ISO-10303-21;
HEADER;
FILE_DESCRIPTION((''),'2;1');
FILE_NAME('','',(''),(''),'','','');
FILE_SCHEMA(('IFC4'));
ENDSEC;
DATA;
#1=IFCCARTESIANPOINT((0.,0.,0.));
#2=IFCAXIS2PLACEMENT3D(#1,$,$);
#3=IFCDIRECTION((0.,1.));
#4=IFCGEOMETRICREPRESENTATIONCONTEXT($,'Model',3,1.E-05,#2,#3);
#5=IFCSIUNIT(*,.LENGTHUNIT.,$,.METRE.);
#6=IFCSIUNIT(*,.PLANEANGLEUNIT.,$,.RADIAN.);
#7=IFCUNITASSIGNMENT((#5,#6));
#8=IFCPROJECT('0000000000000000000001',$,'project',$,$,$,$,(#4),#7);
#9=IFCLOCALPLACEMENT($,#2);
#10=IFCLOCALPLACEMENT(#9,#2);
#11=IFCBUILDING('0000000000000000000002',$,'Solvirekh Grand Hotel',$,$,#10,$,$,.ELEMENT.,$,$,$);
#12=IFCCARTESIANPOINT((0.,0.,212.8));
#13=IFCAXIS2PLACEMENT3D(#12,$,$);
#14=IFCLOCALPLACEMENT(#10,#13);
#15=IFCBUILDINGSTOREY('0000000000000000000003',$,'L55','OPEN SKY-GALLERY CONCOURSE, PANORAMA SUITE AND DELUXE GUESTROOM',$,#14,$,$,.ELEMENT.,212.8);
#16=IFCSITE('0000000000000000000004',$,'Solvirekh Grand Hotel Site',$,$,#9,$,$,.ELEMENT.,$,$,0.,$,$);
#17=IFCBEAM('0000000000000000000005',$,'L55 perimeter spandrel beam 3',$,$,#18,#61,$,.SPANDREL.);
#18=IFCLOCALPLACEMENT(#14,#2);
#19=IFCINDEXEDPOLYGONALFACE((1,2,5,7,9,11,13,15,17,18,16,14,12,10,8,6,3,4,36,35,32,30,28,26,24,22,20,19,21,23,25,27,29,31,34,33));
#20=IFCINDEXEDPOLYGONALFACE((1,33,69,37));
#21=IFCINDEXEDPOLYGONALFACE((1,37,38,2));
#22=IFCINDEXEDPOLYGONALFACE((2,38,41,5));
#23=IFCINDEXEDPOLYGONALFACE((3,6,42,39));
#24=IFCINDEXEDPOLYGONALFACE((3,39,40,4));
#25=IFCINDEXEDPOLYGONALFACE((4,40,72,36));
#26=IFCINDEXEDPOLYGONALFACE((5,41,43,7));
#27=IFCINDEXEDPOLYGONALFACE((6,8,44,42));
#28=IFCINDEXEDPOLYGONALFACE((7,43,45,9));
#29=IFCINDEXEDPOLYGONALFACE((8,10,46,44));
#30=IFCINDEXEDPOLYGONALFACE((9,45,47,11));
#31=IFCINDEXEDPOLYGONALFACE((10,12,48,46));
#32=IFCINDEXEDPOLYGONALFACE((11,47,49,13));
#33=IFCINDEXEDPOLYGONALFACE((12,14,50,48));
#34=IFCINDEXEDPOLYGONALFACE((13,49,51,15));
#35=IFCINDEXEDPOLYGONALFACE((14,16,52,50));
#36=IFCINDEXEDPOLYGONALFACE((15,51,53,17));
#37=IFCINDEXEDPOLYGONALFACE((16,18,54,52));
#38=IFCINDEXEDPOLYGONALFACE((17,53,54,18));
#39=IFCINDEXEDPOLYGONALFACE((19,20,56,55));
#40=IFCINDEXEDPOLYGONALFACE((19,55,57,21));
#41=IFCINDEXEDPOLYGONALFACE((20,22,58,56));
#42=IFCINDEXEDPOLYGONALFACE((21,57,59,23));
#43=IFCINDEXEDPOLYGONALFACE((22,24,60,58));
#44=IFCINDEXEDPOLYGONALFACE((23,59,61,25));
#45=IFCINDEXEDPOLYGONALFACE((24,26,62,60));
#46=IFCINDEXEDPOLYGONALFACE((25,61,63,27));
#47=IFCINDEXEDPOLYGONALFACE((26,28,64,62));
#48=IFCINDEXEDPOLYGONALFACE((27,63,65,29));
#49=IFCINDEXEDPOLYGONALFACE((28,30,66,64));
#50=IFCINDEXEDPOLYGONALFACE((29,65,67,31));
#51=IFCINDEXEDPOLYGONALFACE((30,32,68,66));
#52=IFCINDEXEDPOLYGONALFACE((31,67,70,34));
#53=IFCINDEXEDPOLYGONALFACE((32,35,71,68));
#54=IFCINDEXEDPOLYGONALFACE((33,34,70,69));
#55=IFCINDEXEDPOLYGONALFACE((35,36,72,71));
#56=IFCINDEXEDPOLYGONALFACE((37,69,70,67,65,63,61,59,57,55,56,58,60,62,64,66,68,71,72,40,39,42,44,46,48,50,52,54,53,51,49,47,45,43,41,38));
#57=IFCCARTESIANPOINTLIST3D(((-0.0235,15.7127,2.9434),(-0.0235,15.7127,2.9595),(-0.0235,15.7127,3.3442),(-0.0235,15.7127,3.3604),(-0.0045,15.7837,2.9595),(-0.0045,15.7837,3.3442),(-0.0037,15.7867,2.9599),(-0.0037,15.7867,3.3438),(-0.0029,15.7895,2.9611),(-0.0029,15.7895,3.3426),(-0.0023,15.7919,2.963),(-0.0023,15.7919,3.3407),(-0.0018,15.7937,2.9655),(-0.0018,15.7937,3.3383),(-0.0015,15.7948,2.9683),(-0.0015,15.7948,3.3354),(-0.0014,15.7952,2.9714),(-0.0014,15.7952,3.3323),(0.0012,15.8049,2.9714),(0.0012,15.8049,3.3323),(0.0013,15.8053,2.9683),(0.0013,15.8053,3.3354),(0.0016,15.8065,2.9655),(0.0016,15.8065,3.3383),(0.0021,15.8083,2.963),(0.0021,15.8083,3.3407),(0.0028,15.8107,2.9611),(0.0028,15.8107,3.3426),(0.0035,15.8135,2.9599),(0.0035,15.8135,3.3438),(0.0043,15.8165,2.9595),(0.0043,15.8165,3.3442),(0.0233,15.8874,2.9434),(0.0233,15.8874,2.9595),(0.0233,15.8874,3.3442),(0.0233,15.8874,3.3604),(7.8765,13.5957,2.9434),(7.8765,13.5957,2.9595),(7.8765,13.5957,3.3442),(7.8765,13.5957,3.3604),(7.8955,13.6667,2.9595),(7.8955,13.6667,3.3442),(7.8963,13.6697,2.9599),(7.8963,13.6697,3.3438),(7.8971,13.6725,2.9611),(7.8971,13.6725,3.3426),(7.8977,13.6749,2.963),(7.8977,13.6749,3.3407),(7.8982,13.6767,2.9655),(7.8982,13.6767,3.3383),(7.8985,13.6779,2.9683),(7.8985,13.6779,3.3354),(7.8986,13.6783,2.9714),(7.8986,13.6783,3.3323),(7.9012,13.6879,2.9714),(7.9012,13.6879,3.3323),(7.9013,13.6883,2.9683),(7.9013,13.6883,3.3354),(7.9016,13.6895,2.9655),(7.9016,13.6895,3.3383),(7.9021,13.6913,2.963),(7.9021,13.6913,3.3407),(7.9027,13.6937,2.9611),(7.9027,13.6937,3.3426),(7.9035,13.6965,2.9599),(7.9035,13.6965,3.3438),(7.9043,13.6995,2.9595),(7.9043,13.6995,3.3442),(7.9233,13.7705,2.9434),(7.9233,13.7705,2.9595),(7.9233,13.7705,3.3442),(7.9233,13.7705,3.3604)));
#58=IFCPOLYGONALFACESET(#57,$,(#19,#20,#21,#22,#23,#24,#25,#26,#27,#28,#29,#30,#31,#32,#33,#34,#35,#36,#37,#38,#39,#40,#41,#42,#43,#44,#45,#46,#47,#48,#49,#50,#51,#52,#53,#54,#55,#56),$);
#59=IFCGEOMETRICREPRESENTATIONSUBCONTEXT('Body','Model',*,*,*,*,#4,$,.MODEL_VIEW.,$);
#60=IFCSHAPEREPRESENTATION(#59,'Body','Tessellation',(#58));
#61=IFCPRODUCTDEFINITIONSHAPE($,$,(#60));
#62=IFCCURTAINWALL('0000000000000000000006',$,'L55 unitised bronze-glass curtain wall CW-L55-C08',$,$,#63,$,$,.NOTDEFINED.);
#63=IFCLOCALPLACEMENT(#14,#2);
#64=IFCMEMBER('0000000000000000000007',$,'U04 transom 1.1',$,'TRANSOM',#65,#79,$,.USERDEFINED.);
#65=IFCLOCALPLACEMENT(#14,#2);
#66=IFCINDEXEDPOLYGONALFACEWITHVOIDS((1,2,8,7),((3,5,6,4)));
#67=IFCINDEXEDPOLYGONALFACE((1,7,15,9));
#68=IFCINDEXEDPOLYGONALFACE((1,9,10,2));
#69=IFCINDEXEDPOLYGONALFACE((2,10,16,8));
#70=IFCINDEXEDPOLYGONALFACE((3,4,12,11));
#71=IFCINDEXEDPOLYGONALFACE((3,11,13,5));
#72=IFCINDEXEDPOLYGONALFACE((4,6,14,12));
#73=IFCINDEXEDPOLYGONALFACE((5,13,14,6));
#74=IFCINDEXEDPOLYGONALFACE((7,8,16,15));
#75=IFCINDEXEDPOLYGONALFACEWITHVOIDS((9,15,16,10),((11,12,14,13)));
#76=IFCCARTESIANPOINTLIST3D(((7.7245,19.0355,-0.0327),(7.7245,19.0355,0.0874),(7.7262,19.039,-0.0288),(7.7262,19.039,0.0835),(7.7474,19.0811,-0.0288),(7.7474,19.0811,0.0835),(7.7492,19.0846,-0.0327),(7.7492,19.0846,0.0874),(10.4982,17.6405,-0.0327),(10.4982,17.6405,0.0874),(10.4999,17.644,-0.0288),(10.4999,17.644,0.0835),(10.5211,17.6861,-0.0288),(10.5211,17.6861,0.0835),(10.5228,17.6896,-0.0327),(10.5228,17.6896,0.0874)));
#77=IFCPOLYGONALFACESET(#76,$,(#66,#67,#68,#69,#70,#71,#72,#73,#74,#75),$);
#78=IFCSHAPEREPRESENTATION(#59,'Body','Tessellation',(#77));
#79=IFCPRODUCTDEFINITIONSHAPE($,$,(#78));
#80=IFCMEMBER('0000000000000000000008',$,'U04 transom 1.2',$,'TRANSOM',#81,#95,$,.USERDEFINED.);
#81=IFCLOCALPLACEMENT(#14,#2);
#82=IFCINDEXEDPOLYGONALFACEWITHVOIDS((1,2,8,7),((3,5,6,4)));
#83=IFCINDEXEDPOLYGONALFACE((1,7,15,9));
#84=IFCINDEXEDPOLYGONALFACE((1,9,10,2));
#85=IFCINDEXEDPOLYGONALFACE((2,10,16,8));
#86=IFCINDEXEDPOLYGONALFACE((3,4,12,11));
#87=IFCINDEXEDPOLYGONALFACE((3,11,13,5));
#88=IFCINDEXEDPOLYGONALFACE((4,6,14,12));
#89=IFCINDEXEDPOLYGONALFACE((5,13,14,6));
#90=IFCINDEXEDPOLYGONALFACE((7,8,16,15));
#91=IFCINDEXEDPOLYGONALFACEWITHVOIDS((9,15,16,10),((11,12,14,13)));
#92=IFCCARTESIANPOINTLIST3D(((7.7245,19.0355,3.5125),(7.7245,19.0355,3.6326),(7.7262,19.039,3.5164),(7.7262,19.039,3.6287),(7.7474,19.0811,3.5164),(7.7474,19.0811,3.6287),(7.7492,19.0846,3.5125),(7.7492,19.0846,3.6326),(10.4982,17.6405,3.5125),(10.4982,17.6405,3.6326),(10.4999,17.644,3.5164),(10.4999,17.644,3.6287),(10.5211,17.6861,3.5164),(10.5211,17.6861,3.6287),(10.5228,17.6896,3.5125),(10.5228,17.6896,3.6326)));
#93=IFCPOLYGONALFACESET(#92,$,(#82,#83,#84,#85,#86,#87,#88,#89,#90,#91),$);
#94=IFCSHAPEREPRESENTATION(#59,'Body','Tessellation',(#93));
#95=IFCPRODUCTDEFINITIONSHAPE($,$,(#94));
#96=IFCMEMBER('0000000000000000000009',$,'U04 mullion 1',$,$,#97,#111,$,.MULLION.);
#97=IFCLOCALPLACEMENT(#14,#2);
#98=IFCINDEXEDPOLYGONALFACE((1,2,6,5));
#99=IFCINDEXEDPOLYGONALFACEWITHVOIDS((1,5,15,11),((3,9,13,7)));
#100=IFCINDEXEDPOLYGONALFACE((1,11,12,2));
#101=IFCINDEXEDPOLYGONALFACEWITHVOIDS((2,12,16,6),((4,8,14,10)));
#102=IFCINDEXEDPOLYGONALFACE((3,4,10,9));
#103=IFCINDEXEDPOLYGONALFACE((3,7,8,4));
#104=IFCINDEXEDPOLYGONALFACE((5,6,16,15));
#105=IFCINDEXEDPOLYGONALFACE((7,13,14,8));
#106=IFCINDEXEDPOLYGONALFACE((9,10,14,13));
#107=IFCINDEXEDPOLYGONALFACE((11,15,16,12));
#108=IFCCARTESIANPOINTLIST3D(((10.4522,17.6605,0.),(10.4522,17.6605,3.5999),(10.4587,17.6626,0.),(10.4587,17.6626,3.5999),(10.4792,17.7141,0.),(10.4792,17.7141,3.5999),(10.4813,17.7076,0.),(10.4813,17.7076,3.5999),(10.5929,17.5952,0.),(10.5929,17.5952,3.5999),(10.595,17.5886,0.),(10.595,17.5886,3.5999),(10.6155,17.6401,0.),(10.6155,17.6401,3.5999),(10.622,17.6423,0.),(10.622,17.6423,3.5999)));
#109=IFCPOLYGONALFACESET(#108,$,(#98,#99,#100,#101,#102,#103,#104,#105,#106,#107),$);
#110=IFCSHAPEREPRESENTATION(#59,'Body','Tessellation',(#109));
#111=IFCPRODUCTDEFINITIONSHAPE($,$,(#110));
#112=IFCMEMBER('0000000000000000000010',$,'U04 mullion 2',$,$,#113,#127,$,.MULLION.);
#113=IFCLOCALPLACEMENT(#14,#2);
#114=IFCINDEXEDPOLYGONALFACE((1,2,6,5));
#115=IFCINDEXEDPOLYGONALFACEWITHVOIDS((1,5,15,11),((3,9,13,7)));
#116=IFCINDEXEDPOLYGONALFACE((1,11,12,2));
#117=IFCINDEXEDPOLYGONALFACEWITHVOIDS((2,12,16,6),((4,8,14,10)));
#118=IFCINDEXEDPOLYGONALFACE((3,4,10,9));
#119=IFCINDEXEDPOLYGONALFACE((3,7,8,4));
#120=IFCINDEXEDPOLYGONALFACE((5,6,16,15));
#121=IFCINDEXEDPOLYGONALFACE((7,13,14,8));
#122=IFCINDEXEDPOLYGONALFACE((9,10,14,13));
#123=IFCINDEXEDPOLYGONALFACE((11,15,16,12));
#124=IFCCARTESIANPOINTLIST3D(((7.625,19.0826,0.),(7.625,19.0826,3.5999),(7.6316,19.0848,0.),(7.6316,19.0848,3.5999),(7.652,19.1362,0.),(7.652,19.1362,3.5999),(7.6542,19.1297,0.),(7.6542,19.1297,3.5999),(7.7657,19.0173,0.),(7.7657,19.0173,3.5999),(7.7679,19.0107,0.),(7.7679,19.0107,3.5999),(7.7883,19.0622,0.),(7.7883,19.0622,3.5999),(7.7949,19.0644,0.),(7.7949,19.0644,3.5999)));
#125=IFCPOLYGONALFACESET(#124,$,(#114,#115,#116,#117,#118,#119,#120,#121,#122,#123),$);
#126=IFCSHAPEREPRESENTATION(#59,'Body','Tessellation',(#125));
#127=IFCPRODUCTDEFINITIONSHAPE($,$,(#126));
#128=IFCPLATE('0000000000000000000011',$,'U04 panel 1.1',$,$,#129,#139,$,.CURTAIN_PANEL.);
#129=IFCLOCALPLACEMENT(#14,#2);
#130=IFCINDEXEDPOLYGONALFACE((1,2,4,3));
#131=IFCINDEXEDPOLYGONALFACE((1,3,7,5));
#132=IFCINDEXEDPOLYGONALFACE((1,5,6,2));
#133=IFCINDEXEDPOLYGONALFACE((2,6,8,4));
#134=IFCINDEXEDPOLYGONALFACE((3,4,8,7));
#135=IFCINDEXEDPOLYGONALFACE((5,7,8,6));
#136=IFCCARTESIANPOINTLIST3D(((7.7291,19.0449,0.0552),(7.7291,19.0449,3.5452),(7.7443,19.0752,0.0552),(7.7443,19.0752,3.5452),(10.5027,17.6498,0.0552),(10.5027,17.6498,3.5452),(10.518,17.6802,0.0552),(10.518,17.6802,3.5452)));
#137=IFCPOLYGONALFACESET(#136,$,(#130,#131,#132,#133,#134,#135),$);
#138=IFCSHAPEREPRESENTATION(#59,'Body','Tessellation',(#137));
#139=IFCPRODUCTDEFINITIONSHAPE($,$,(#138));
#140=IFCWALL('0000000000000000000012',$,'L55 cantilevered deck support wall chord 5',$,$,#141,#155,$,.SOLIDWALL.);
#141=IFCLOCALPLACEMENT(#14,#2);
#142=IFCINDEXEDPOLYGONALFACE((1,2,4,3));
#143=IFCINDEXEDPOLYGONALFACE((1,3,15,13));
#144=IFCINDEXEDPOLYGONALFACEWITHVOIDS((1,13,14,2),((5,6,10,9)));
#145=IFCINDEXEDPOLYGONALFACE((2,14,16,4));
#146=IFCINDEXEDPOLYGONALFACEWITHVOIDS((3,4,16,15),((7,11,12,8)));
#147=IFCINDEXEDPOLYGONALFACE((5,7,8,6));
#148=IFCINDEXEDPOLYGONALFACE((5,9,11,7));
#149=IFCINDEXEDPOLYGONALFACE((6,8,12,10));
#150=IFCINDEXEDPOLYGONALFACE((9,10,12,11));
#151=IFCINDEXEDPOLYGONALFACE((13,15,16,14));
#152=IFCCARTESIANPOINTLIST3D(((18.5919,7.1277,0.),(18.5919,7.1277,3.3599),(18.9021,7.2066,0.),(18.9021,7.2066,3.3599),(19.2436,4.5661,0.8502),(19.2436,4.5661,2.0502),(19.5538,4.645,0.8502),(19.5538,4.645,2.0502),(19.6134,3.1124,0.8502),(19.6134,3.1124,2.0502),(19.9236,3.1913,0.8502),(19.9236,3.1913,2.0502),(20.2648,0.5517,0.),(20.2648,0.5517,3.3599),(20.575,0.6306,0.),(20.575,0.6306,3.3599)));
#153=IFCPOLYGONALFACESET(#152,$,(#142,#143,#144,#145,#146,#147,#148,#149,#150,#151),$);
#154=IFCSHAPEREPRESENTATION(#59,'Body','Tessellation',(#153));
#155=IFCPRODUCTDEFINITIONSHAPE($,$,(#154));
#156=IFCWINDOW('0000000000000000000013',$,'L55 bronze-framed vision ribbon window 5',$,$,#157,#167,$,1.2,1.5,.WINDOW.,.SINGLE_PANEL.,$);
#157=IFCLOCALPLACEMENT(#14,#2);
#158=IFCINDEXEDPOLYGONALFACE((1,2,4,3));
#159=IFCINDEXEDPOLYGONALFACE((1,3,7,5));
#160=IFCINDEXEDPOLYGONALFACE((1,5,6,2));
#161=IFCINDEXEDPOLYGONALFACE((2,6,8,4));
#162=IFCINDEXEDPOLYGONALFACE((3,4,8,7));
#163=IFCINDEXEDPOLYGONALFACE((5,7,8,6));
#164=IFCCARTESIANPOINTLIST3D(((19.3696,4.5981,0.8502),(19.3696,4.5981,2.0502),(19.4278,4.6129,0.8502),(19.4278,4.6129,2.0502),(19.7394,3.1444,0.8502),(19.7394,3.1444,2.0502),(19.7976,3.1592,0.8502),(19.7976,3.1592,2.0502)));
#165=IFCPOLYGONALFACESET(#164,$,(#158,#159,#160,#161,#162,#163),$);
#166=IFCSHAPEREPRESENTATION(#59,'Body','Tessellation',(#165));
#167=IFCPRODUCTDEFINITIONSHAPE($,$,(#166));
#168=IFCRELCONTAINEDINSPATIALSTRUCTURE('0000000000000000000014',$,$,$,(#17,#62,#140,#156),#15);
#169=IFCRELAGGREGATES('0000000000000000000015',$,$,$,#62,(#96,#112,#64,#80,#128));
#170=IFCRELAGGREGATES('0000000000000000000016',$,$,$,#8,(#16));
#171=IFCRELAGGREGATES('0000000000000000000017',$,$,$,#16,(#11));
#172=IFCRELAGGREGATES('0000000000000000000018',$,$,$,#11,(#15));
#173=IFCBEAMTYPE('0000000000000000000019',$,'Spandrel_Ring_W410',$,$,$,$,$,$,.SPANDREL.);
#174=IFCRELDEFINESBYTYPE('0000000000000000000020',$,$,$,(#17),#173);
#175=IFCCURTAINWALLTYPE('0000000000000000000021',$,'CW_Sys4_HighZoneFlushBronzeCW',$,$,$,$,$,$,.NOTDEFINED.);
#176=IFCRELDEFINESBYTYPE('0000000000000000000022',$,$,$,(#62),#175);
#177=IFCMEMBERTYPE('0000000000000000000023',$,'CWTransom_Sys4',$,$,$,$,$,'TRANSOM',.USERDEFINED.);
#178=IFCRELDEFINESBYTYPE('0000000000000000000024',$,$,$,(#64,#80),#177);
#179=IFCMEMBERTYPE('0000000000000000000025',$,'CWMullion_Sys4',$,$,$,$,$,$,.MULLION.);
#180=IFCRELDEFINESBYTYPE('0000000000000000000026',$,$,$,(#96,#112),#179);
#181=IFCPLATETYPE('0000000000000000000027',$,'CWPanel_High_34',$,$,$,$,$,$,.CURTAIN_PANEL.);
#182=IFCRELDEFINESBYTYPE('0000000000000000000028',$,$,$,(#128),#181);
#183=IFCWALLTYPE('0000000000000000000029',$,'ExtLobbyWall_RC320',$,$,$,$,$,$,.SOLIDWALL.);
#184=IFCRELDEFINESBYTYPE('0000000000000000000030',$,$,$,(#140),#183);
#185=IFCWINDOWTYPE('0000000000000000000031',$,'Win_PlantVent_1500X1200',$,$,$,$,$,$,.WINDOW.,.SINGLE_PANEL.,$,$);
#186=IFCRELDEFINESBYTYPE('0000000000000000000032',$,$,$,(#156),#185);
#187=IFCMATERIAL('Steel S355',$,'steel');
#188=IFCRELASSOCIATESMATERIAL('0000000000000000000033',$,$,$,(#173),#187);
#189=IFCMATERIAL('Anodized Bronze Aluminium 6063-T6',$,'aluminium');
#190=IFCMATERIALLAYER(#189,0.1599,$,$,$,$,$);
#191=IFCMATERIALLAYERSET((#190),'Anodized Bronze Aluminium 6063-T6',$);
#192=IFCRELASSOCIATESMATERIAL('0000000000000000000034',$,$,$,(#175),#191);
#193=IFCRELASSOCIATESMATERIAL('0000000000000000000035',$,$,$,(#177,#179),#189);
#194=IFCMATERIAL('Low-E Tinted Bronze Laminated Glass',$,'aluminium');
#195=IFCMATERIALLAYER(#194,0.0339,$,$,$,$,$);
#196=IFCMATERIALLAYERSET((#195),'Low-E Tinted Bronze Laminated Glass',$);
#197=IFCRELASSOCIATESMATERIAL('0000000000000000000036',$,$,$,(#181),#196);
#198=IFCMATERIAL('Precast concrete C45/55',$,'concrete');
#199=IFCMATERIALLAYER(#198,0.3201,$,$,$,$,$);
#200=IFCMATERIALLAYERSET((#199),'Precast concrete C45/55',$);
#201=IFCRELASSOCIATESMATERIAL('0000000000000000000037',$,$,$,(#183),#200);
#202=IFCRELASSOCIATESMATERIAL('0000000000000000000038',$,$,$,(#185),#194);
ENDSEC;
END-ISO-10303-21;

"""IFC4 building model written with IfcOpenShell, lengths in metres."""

from ifc_helpers import new_model, si_unit, direction, frame, frame_2d, origin, origin_2d, place, context, subcontext, project, spatial, rectangle, hollow_rectangle, i_section, extrude, source, transform, mapped, material, layer, layer_set, material_profile, profile_set, type_object, element, fill, aggregate, save


model = new_model("IFC4")

# Units and contexts
model_context = context("Model", 3, precision=1e-05, world=origin(), true_north=direction((0.0, 1.0)))
body_context = subcontext(model_context, "Body", "Model", "MODEL_VIEW")
ifc_project = project(units=[si_unit("LENGTHUNIT", "METRE"), si_unit("PLANEANGLEUNIT", "RADIAN")], contexts=[model_context])

# Site, building, storey
site_placement = place(None, origin())
site = spatial("IfcSite", under=ifc_project, at=site_placement, Name="Solvirekh Grand Hotel Site", CompositionType="ELEMENT", RefElevation=0.0)
building_placement = place(site_placement, origin())
building = spatial("IfcBuilding", under=site, at=building_placement, Name="Solvirekh Grand Hotel", CompositionType="ELEMENT")
storey_placement = place(building_placement, frame((0.0, 0.0, 212.8)))
storey = spatial("IfcBuildingStorey", under=building, at=storey_placement, Name="L55", Description="OPEN SKY-GALLERY CONCOURSE, PANORAMA SUITE AND DELUXE GUESTROOM", CompositionType="ELEMENT", Elevation=212.8)

# Beam
ifc_material_1 = material(Name="Steel S355", Category="steel")
ifc_material_profile_1 = material_profile(ifc_material_1, i_section(OverallWidth=0.1809, OverallDepth=0.417, WebThickness=0.01, FlangeThickness=0.0161, FilletRadius=0.012, at=origin_2d()), Name="W410X85")
ifc_profile_set_1 = profile_set([ifc_material_profile_1], Name="Steel S355")
beam_type_1 = type_object("IfcBeamType", Name="Spandrel_Ring_W410", PredefinedType="SPANDREL", material=ifc_profile_set_1)
for number, where, z_axis, x_axis, name in (
    (1, (7.8999, 13.6831, 3.1519), (-0.965921, 0.258839, 0.0), (-0.258839, -0.965921, 0.0), "L55 perimeter spandrel beam 3"),
):
    element("IfcBeam", number, at=place(storey_placement, frame(where, z_axis=z_axis, x_axis=x_axis)), inside=storey, type_object=beam_type_1, Name=name, PredefinedType="SPANDREL", context=body_context, shape_type="SweptSolid", body=[
        extrude(i_section(OverallWidth=0.1809, OverallDepth=0.417, WebThickness=0.01, FlangeThickness=0.0161, FilletRadius=0.012, at=origin_2d()), origin(), (0.0, 0.0, 1.0), 8.1787),
    ])

# Curtain wall, members, plate
ifc_material_2 = material(Name="Anodized Bronze Aluminium 6063-T6", Category="aluminium")
ifc_layer_1 = layer(ifc_material_2, 0.1599)
ifc_layer_set_1 = layer_set([ifc_layer_1], Name="Anodized Bronze Aluminium 6063-T6")
curtain_wall_type = type_object("IfcCurtainWallType", Name="CW_Sys4_HighZoneFlushBronzeCW", PredefinedType="NOTDEFINED", material=ifc_layer_set_1)
curtain_wall_placement = place(storey_placement, origin())
curtain_wall = element("IfcCurtainWall", 2, at=curtain_wall_placement, inside=storey, type_object=curtain_wall_type, Name="L55 unitised bronze-glass curtain wall CW-L55-C08", PredefinedType="NOTDEFINED")
ifc_material_profile_2 = material_profile(ifc_material_2, hollow_rectangle(XDim=0.0549, YDim=0.1201, WallThickness=0.0039, at=origin_2d()), Name="ALU RHS 120X55X4")
ifc_profile_set_2 = profile_set([ifc_material_profile_2], Name="Anodized Bronze Aluminium 6063-T6")
member_type_1 = type_object("IfcMemberType", Name="CWTransom_Sys4", ElementType="TRANSOM", PredefinedType="USERDEFINED", material=ifc_profile_set_2)
shared_shape_1 = source(origin(), body_context, "Body", "SweptSolid", [
    extrude(hollow_rectangle(XDim=0.0549, YDim=0.1201, WallThickness=0.0039, at=origin_2d()), origin(), (0.0, 0.0, 1.0), 3.1047),
])
member_1_placement = place(storey_placement, frame((10.5105, 17.665, 0.0273), z_axis=(-0.893371, 0.44932, 0.0), x_axis=(-0.44932, -0.893371, 0.0)))
member_1 = element("IfcMember", 3, at=member_1_placement, type_object=member_type_1, Name="U04 transom 1.1", ObjectType="TRANSOM", PredefinedType="USERDEFINED", context=body_context, shape_type="MappedRepresentation", body=[
    mapped(shared_shape_1, transform((0.0, 0.0, 0.0), x_axis=(1.0, 0.0, 0.0), y_axis=(0.0, 1.0, 0.0), z_axis=(0.0, 0.0, 1.0), scale=1.0)),
])
member_2_placement = place(storey_placement, frame((10.5105, 17.665, 3.5725), z_axis=(-0.893371, 0.44932, 0.0), x_axis=(-0.44932, -0.893371, 0.0)))
member_2 = element("IfcMember", 4, at=member_2_placement, type_object=member_type_1, Name="U04 transom 1.2", ObjectType="TRANSOM", PredefinedType="USERDEFINED", context=body_context, shape_type="MappedRepresentation", body=[
    mapped(shared_shape_1, transform((0.0, 0.0, 0.0), x_axis=(1.0, 0.0, 0.0), y_axis=(0.0, 1.0, 0.0), z_axis=(0.0, 0.0, 1.0), scale=1.0)),
])
ifc_material_profile_3 = material_profile(ifc_material_2, hollow_rectangle(XDim=0.0601, YDim=0.1599, WallThickness=0.0049, at=origin_2d()), Name="ALU RHS 160X60X5")
ifc_profile_set_3 = profile_set([ifc_material_profile_3], Name="Anodized Bronze Aluminium 6063-T6")
member_type_2 = type_object("IfcMemberType", Name="CWMullion_Sys4", PredefinedType="MULLION", material=ifc_profile_set_3)
shared_shape_2 = source(origin(), body_context, "Body", "SweptSolid", [
    extrude(hollow_rectangle(XDim=0.0601, YDim=0.1599, WallThickness=0.0049, at=origin_2d()), origin(), (0.0, 0.0, 1.0), 3.5999),
])
member_3_placement = place(storey_placement, frame((10.5371, 17.6514, 0.0), z_axis=(0.0, 0.0, 1.0), x_axis=(-0.449341, -0.89336, 0.0)))
member_3 = element("IfcMember", 5, at=member_3_placement, type_object=member_type_2, Name="U04 mullion 1", PredefinedType="MULLION", context=body_context, shape_type="MappedRepresentation", body=[
    mapped(shared_shape_2, transform((0.0, 0.0, 0.0), x_axis=(1.0, 0.0, 0.0), y_axis=(0.0, 1.0, 0.0), z_axis=(0.0, 0.0, 1.0), scale=1.0)),
])
member_4_placement = place(storey_placement, frame((7.71, 19.0735, 0.0), z_axis=(0.0, 0.0, 1.0), x_axis=(-0.449341, -0.89336, 0.0)))
member_4 = element("IfcMember", 6, at=member_4_placement, type_object=member_type_2, Name="U04 mullion 2", PredefinedType="MULLION", context=body_context, shape_type="MappedRepresentation", body=[
    mapped(shared_shape_2, transform((0.0, 0.0, 0.0), x_axis=(1.0, 0.0, 0.0), y_axis=(0.0, 1.0, 0.0), z_axis=(0.0, 0.0, 1.0), scale=1.0)),
])
ifc_material_3 = material(Name="Low-E Tinted Bronze Laminated Glass", Category="aluminium")
ifc_layer_2 = layer(ifc_material_3, 0.0339)
ifc_layer_set_2 = layer_set([ifc_layer_2], Name="Low-E Tinted Bronze Laminated Glass")
plate_type = type_object("IfcPlateType", Name="CWPanel_High_34", PredefinedType="CURTAIN_PANEL", material=ifc_layer_set_2)
shared_shape_3 = source(origin(), body_context, "Body", "SweptSolid", [
    extrude(rectangle(XDim=3.1047, YDim=0.0339, at=origin_2d()), origin(), (0.0, 0.0, 1.0), 3.49),
])
plate_placement = place(storey_placement, frame((9.1235, 18.3625, 0.0552), z_axis=(0.0, 0.0, 1.0), x_axis=(-0.89336, 0.449341, 0.0)))
plate = element("IfcPlate", 7, at=plate_placement, type_object=plate_type, Name="U04 panel 1.1", PredefinedType="CURTAIN_PANEL", context=body_context, shape_type="MappedRepresentation", body=[
    mapped(shared_shape_3, transform((0.0, 0.0, 0.0), x_axis=(1.0, 0.0, 0.0), y_axis=(0.0, 1.0, 0.0), z_axis=(0.0, 0.0, 1.0), scale=1.0)),
])
aggregate(curtain_wall, [member_3, member_4, member_1, member_2, plate])

# Wall, opening, window
ifc_material_4 = material(Name="Precast concrete C45/55", Category="concrete")
ifc_layer_3 = layer(ifc_material_4, 0.3201)
ifc_layer_set_3 = layer_set([ifc_layer_3], Name="Precast concrete C45/55")
wall_type_1 = type_object("IfcWallType", Name="ExtLobbyWall_RC320", PredefinedType="SOLIDWALL", material=ifc_layer_set_3)
wall_1_placement = place(storey_placement, frame((18.7471, 7.167, 0.0), z_axis=(0.0, 0.0, 1.0), x_axis=(0.246538, -0.969133, 0.0)))
wall_1 = element("IfcWall", 8, at=wall_1_placement, inside=storey, type_object=wall_type_1, Name="L55 cantilevered deck support wall chord 5", PredefinedType="SOLIDWALL", context=body_context, shape_type="SweptSolid", body=[
    extrude(rectangle(XDim=6.7854, YDim=0.3201, at=frame_2d((3.3926, 0.0))), origin(), (0.0, 0.0, 1.0), 3.3599),
])
opening_1_placement = place(wall_1_placement, frame((2.6431, 0.0, 0.8501)))
opening_1 = element("IfcOpeningElement", 9, at=opening_1_placement, cuts=wall_1, PredefinedType="OPENING", context=body_context, shape_type="SweptSolid", body=[
    extrude(rectangle(XDim=1.5, YDim=1.2, at=frame_2d((0.75, 0.6001))), frame((0.0, 0.1699, 0.0), z_axis=(0.0, -1.0, 0.0), x_axis=(1.0, 0.0, 0.0)), (0.0, 0.0, 1.0), 0.3401),
])
window_type = type_object("IfcWindowType", Name="Win_PlantVent_1500X1200", PartitioningType="SINGLE_PANEL", PredefinedType="WINDOW", material=ifc_material_3)
window_1_placement = place(opening_1_placement, origin())
window_1 = element("IfcWindow", 10, at=window_1_placement, inside=storey, type_object=window_type, Name="L55 bronze-framed vision ribbon window 5", OverallHeight=1.2, OverallWidth=1.5, PartitioningType="SINGLE_PANEL", PredefinedType="WINDOW", context=body_context, shape_type="SweptSolid", body=[
    extrude(rectangle(XDim=1.5, YDim=1.2, at=frame_2d((0.75, 0.6001))), frame((0.0, 0.03, 0.0), z_axis=(0.0, -1.0, 0.0), x_axis=(1.0, 0.0, 0.0)), (0.0, 0.0, 1.0), 0.0601),
])
fill(opening_1, window_1)

save(model, "model.ifc")
